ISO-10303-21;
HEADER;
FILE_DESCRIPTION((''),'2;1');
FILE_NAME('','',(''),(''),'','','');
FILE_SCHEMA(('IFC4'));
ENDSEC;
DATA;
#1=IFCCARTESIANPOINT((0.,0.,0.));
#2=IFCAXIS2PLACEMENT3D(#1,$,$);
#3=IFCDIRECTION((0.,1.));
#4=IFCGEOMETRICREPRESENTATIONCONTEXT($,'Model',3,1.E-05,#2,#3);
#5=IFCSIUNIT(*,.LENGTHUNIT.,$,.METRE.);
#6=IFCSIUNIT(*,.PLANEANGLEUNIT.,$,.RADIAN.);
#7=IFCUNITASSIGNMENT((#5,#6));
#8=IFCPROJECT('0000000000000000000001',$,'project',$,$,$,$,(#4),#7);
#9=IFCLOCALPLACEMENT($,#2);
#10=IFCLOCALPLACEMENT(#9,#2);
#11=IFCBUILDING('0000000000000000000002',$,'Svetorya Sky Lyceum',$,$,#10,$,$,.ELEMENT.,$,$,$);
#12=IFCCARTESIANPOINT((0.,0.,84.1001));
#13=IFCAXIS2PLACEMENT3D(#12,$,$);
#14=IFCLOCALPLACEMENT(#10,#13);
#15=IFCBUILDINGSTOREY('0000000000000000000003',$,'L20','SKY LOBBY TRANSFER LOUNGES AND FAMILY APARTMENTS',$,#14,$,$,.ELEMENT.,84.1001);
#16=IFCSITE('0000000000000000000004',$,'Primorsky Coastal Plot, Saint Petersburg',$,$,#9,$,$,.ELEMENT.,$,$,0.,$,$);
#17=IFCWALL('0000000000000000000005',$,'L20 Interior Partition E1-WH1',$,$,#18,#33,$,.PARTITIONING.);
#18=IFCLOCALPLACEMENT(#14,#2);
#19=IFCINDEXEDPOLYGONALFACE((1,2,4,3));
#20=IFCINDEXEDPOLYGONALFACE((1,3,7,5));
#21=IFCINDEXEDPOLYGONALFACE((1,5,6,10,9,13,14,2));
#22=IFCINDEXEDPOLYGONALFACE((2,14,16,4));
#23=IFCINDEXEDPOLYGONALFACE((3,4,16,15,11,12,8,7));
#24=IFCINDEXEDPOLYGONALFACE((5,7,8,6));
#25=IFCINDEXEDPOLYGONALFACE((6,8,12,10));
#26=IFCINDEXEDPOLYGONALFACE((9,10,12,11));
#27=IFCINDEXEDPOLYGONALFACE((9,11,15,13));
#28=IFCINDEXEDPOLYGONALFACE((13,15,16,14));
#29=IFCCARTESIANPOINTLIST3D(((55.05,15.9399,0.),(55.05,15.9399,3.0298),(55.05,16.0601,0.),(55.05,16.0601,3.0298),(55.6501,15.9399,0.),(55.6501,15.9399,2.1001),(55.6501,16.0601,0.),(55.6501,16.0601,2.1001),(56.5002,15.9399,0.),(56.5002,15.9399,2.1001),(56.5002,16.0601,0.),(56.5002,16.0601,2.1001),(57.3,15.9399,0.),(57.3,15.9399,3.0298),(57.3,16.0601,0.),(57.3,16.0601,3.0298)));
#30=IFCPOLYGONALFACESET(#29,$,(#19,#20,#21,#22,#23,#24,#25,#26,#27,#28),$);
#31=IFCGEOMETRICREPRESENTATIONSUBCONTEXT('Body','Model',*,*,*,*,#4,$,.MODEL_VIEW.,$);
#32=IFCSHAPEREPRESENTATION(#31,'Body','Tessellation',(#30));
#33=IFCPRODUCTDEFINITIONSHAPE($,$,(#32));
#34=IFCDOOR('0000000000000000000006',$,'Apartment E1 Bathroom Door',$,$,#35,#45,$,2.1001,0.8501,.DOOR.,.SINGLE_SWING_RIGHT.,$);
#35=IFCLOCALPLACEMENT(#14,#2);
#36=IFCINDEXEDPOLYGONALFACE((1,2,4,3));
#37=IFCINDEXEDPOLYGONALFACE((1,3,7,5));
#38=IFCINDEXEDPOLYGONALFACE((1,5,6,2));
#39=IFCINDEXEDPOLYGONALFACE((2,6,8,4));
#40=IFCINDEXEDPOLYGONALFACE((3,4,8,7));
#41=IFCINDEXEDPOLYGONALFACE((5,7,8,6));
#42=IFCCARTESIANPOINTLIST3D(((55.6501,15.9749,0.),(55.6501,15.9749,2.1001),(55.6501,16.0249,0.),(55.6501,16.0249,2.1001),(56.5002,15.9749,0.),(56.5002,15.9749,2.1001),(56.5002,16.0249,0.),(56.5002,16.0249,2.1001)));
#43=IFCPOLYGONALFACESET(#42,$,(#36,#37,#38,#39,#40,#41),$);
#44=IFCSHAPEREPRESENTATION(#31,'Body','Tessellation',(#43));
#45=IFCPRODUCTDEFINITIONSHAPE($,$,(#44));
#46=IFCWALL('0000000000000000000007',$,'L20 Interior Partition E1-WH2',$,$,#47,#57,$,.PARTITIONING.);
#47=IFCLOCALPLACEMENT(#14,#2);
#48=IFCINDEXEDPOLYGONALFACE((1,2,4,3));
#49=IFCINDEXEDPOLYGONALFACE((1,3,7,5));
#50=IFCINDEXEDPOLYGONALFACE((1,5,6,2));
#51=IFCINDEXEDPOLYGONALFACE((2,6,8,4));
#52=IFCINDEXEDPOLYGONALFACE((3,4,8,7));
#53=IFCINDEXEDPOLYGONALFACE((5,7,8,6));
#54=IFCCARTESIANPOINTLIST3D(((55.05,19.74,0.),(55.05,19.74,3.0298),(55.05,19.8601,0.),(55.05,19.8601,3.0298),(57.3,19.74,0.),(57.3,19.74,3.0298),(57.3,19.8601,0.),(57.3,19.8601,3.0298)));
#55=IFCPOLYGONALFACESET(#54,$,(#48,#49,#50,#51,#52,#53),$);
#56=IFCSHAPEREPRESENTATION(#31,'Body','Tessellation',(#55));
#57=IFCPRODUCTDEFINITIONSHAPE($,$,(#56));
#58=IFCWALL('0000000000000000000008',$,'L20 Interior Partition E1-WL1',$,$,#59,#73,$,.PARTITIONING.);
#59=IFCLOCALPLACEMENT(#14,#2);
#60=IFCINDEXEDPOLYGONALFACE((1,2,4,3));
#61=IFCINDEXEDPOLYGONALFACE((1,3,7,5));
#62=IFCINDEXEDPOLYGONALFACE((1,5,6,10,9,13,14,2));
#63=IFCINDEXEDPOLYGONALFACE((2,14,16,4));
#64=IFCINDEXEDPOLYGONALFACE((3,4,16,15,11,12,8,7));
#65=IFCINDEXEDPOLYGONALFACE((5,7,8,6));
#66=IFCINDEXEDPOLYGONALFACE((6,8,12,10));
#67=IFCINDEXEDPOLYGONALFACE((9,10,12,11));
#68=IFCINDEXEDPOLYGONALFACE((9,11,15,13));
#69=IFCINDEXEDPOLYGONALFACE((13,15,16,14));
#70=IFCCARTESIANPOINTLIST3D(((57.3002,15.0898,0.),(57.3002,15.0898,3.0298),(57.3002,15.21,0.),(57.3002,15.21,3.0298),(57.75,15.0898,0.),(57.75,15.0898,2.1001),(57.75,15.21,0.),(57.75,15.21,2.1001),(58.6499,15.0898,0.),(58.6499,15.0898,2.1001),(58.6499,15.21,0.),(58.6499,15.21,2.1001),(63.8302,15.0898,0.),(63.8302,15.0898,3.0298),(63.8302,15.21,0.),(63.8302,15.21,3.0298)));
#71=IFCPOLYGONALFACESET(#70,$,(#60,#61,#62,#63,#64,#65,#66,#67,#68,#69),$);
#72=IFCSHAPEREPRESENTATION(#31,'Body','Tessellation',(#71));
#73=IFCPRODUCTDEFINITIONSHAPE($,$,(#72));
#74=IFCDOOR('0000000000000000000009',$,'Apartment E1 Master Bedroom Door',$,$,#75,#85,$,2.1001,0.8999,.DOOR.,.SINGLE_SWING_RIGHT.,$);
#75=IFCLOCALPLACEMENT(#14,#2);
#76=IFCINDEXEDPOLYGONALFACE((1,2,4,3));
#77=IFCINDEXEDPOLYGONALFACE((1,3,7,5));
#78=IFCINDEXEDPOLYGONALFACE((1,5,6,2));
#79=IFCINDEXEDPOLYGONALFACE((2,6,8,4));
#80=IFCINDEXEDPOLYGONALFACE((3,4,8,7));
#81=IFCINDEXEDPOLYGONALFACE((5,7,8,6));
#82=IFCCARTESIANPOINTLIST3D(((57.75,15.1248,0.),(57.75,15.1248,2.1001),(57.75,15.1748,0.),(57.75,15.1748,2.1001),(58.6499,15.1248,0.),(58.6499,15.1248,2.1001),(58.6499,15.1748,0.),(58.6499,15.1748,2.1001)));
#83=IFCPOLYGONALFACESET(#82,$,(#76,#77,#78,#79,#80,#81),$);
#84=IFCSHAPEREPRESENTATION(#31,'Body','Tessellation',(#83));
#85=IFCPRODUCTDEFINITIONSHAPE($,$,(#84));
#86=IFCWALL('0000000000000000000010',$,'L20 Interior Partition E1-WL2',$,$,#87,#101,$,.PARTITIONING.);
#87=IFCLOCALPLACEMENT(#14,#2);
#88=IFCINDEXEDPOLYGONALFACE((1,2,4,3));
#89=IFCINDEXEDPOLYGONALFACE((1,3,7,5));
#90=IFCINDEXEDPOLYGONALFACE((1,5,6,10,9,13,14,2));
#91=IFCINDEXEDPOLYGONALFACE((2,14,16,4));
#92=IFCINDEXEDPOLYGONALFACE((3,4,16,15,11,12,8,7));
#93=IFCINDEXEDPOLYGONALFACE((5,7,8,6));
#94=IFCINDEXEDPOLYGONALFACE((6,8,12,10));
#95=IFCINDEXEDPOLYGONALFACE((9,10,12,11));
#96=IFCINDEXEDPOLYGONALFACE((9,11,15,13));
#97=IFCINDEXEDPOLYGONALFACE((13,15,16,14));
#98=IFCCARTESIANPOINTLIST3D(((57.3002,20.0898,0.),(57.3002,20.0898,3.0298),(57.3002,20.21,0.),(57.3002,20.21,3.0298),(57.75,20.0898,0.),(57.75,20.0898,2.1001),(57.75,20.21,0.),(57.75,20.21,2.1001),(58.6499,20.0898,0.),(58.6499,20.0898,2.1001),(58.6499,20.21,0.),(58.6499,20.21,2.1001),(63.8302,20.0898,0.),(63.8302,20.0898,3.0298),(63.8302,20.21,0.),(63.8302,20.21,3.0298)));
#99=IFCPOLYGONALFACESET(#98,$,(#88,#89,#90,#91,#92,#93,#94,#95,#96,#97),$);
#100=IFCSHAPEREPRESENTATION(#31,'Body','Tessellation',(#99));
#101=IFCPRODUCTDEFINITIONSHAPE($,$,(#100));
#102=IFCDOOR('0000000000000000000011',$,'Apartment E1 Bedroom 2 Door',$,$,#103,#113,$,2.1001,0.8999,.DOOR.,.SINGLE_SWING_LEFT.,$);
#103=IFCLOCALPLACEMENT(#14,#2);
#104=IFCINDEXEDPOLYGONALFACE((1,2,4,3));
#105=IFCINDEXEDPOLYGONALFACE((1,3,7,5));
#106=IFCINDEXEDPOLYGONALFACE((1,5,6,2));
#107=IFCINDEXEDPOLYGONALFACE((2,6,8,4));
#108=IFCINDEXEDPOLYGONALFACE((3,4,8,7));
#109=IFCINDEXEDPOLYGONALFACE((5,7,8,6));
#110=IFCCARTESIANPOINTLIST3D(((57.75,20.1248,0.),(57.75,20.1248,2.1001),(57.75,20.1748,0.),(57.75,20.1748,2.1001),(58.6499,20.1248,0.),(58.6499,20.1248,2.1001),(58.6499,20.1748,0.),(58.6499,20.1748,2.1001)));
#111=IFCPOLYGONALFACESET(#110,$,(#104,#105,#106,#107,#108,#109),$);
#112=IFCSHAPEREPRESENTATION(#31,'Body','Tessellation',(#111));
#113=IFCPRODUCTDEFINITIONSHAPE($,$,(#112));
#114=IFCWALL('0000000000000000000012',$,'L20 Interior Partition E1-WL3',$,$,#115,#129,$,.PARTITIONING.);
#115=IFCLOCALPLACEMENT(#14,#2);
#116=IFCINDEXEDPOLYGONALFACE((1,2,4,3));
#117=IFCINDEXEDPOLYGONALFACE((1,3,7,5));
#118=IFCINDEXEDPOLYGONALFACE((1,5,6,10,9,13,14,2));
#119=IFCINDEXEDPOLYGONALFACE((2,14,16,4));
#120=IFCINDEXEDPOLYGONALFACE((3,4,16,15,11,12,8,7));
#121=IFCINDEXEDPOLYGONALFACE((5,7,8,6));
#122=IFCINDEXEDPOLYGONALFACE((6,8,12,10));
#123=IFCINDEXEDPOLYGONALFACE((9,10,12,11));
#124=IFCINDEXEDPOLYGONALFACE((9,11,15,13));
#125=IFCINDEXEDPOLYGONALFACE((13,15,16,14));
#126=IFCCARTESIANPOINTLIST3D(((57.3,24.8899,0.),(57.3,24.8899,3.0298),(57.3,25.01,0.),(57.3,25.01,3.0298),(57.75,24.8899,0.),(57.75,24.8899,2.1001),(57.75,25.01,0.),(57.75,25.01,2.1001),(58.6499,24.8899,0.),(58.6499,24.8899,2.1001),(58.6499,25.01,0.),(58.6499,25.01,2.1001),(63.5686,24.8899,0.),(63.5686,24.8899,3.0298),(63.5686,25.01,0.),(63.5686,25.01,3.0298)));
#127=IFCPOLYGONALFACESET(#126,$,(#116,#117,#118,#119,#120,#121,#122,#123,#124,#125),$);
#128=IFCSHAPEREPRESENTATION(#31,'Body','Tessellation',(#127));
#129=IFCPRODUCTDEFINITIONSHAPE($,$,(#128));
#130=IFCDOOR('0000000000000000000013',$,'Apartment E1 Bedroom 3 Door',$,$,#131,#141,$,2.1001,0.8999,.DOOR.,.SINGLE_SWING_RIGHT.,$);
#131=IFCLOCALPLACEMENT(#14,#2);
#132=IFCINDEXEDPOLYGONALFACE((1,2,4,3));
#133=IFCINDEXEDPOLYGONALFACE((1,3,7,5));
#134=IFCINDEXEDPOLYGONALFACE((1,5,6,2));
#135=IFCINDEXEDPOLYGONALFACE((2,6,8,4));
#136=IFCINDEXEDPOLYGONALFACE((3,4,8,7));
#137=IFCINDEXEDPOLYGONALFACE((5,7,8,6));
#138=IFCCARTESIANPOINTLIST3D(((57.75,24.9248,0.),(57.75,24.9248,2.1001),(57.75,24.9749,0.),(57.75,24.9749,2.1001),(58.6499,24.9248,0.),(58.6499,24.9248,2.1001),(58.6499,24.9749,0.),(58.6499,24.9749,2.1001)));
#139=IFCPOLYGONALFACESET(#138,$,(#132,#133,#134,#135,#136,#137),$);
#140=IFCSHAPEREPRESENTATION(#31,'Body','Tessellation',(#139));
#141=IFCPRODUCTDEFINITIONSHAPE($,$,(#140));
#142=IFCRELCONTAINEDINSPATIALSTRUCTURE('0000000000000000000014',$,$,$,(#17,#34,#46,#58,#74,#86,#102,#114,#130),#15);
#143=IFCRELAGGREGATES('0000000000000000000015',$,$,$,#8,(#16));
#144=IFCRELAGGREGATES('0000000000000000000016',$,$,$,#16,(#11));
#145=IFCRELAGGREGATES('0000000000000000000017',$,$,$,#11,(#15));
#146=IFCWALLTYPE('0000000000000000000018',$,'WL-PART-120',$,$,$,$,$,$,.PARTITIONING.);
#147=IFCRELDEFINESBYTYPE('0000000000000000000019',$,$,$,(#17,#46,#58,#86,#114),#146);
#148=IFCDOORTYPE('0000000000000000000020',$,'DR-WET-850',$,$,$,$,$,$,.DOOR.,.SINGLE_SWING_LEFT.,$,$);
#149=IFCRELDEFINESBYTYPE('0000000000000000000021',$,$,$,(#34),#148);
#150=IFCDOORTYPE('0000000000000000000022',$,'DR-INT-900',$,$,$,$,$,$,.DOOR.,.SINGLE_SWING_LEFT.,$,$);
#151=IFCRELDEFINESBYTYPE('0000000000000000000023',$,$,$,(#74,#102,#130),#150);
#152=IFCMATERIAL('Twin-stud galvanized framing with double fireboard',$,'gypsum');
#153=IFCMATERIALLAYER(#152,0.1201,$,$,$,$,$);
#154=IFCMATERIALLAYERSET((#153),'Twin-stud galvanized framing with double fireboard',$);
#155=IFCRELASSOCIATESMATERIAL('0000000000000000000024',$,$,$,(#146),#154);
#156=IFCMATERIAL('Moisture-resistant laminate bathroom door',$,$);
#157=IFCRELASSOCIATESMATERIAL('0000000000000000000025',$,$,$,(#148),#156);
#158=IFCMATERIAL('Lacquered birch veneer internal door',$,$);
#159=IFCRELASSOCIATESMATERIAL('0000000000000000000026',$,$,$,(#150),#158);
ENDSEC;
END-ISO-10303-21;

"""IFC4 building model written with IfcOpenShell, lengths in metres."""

from ifc_helpers import new_model, si_unit, direction, frame, frame_2d, origin, place, context, subcontext, project, spatial, rectangle, extrude, material, layer, layer_set, type_object, element, fill, save


model = new_model("IFC4")

# Units and contexts
model_context = context("Model", 3, precision=1e-05, world=origin(), true_north=direction((0.0, 1.0)))
body_context = subcontext(model_context, "Body", "Model", "MODEL_VIEW")
ifc_project = project(units=[si_unit("LENGTHUNIT", "METRE"), si_unit("PLANEANGLEUNIT", "RADIAN")], contexts=[model_context])

# Site, building, storey
site_placement = place(None, origin())
site = spatial("IfcSite", under=ifc_project, at=site_placement, Name="Primorsky Coastal Plot, Saint Petersburg", CompositionType="ELEMENT", RefElevation=0.0)
building_placement = place(site_placement, origin())
building = spatial("IfcBuilding", under=site, at=building_placement, Name="Svetorya Sky Lyceum", CompositionType="ELEMENT")
storey_placement = place(building_placement, frame((0.0, 0.0, 84.1001)))
storey = spatial("IfcBuildingStorey", under=building, at=storey_placement, Name="L20", Description="SKY LOBBY TRANSFER LOUNGES AND FAMILY APARTMENTS", CompositionType="ELEMENT", Elevation=84.1001)

# Wall, opening, door
ifc_material_1 = material(Name="Twin-stud galvanized framing with double fireboard", Category="gypsum")
ifc_layer_1 = layer(ifc_material_1, 0.1201)
ifc_layer_set_1 = layer_set([ifc_layer_1], Name="Twin-stud galvanized framing with double fireboard")
wall_type_1 = type_object("IfcWallType", Name="WL-PART-120", PredefinedType="PARTITIONING", material=ifc_layer_set_1)
wall_1_placement = place(storey_placement, frame((55.05, 16.0, 0.0), z_axis=(0.0, 0.0, 1.0), x_axis=(1.0, 0.0, 0.0)))
wall_1 = element("IfcWall", 1, at=wall_1_placement, inside=storey, type_object=wall_type_1, Name="L20 Interior Partition E1-WH1", PredefinedType="PARTITIONING", context=body_context, shape_type="SweptSolid", body=[
    extrude(rectangle(XDim=2.25, YDim=0.1201, at=frame_2d((1.125, 0.0))), origin(), (0.0, 0.0, 1.0), 3.0298),
])
opening_1_placement = place(wall_1_placement, frame((0.6001, 0.0, 0.0)))
opening_1 = element("IfcOpeningElement", 2, at=opening_1_placement, cuts=wall_1, PredefinedType="OPENING", context=body_context, shape_type="SweptSolid", body=[
    extrude(rectangle(XDim=0.8501, YDim=2.1001, at=frame_2d((0.425, 1.05))), frame((0.0, 0.0701, 0.0), z_axis=(0.0, -1.0, 0.0), x_axis=(1.0, 0.0, 0.0)), (0.0, 0.0, 1.0), 0.1401),
])
ifc_material_2 = material(Name="Moisture-resistant laminate bathroom door")
door_type_1 = type_object("IfcDoorType", Name="DR-WET-850", OperationType="SINGLE_SWING_LEFT", PredefinedType="DOOR", material=ifc_material_2)
door_1_placement = place(opening_1_placement, origin())
door_1 = element("IfcDoor", 3, at=door_1_placement, inside=storey, type_object=door_type_1, Name="Apartment E1 Bathroom Door", OperationType="SINGLE_SWING_RIGHT", OverallHeight=2.1001, OverallWidth=0.8501, PredefinedType="DOOR", context=body_context, shape_type="SweptSolid", body=[
    extrude(rectangle(XDim=0.8501, YDim=2.1001, at=frame_2d((0.425, 1.05))), frame((0.0, 0.0249, 0.0), z_axis=(0.0, -1.0, 0.0), x_axis=(1.0, 0.0, 0.0)), (0.0, 0.0, 1.0), 0.05),
])
fill(opening_1, door_1)

# Wall
wall_2_placement = place(storey_placement, frame((55.05, 19.8, 0.0), z_axis=(0.0, 0.0, 1.0), x_axis=(1.0, 0.0, 0.0)))
element("IfcWall", 4, at=wall_2_placement, inside=storey, type_object=wall_type_1, Name="L20 Interior Partition E1-WH2", PredefinedType="PARTITIONING", context=body_context, shape_type="SweptSolid", body=[
    extrude(rectangle(XDim=2.25, YDim=0.1201, at=frame_2d((1.125, 0.0))), origin(), (0.0, 0.0, 1.0), 3.0298),
])

# Walls, openings, doors
wall_3_placement = place(storey_placement, frame((57.3, 15.1499, 0.0), z_axis=(0.0, 0.0, 1.0), x_axis=(1.0, 0.0, 0.0)))
wall_3 = element("IfcWall", 5, at=wall_3_placement, inside=storey, type_object=wall_type_1, Name="L20 Interior Partition E1-WL1", PredefinedType="PARTITIONING", context=body_context, shape_type="SweptSolid", body=[
    extrude(rectangle(XDim=6.53, YDim=0.1201, at=frame_2d((3.2651, 0.0))), origin(), (0.0, 0.0, 1.0), 3.0298),
])
opening_2_placement = place(wall_3_placement, frame((0.45, 0.0, 0.0)))
opening_2 = element("IfcOpeningElement", 6, at=opening_2_placement, cuts=wall_3, PredefinedType="OPENING", context=body_context, shape_type="SweptSolid", body=[
    extrude(rectangle(XDim=0.8999, YDim=2.1001, at=frame_2d((0.45, 1.05))), frame((0.0, 0.0701, 0.0), z_axis=(0.0, -1.0, 0.0), x_axis=(1.0, 0.0, 0.0)), (0.0, 0.0, 1.0), 0.1401),
])
ifc_material_3 = material(Name="Lacquered birch veneer internal door")
door_type_2 = type_object("IfcDoorType", Name="DR-INT-900", OperationType="SINGLE_SWING_LEFT", PredefinedType="DOOR", material=ifc_material_3)
door_2_placement = place(opening_2_placement, origin())
door_2 = element("IfcDoor", 7, at=door_2_placement, inside=storey, type_object=door_type_2, Name="Apartment E1 Master Bedroom Door", OperationType="SINGLE_SWING_RIGHT", OverallHeight=2.1001, OverallWidth=0.8999, PredefinedType="DOOR", context=body_context, shape_type="SweptSolid", body=[
    extrude(rectangle(XDim=0.8999, YDim=2.1001, at=frame_2d((0.45, 1.05))), frame((0.0, 0.0249, 0.0), z_axis=(0.0, -1.0, 0.0), x_axis=(1.0, 0.0, 0.0)), (0.0, 0.0, 1.0), 0.05),
])
fill(opening_2, door_2)
wall_4_placement = place(storey_placement, frame((57.3, 20.1499, 0.0), z_axis=(0.0, 0.0, 1.0), x_axis=(1.0, 0.0, 0.0)))
wall_4 = element("IfcWall", 8, at=wall_4_placement, inside=storey, type_object=wall_type_1, Name="L20 Interior Partition E1-WL2", PredefinedType="PARTITIONING", context=body_context, shape_type="SweptSolid", body=[
    extrude(rectangle(XDim=6.53, YDim=0.1201, at=frame_2d((3.2651, 0.0))), origin(), (0.0, 0.0, 1.0), 3.0298),
])
opening_3_placement = place(wall_4_placement, frame((0.45, 0.0, 0.0)))
opening_3 = element("IfcOpeningElement", 9, at=opening_3_placement, cuts=wall_4, PredefinedType="OPENING", context=body_context, shape_type="SweptSolid", body=[
    extrude(rectangle(XDim=0.8999, YDim=2.1001, at=frame_2d((0.45, 1.05))), frame((0.0, 0.0701, 0.0), z_axis=(0.0, -1.0, 0.0), x_axis=(1.0, 0.0, 0.0)), (0.0, 0.0, 1.0), 0.1401),
])
door_3_placement = place(opening_3_placement, origin())
door_3 = element("IfcDoor", 10, at=door_3_placement, inside=storey, type_object=door_type_2, Name="Apartment E1 Bedroom 2 Door", OperationType="SINGLE_SWING_LEFT", OverallHeight=2.1001, OverallWidth=0.8999, PredefinedType="DOOR", context=body_context, shape_type="SweptSolid", body=[
    extrude(rectangle(XDim=0.8999, YDim=2.1001, at=frame_2d((0.45, 1.05))), frame((0.0, 0.0249, 0.0), z_axis=(0.0, -1.0, 0.0), x_axis=(1.0, 0.0, 0.0)), (0.0, 0.0, 1.0), 0.05),
])
fill(opening_3, door_3)
wall_5_placement = place(storey_placement, frame((57.3, 24.95, 0.0), z_axis=(0.0, 0.0, 1.0), x_axis=(1.0, 0.0, 0.0)))
wall_5 = element("IfcWall", 11, at=wall_5_placement, inside=storey, type_object=wall_type_1, Name="L20 Interior Partition E1-WL3", PredefinedType="PARTITIONING", context=body_context, shape_type="SweptSolid", body=[
    extrude(rectangle(XDim=6.2686, YDim=0.1201, at=frame_2d((3.1343, 0.0))), origin(), (0.0, 0.0, 1.0), 3.0298),
])
opening_4_placement = place(wall_5_placement, frame((0.45, 0.0, 0.0)))
opening_4 = element("IfcOpeningElement", 12, at=opening_4_placement, cuts=wall_5, PredefinedType="OPENING", context=body_context, shape_type="SweptSolid", body=[
    extrude(rectangle(XDim=0.8999, YDim=2.1001, at=frame_2d((0.45, 1.05))), frame((0.0, 0.0701, 0.0), z_axis=(0.0, -1.0, 0.0), x_axis=(1.0, 0.0, 0.0)), (0.0, 0.0, 1.0), 0.1401),
])
door_4_placement = place(opening_4_placement, origin())
door_4 = element("IfcDoor", 13, at=door_4_placement, inside=storey, type_object=door_type_2, Name="Apartment E1 Bedroom 3 Door", OperationType="SINGLE_SWING_RIGHT", OverallHeight=2.1001, OverallWidth=0.8999, PredefinedType="DOOR", context=body_context, shape_type="SweptSolid", body=[
    extrude(rectangle(XDim=0.8999, YDim=2.1001, at=frame_2d((0.45, 1.05))), frame((0.0, 0.0249, 0.0), z_axis=(0.0, -1.0, 0.0), x_axis=(1.0, 0.0, 0.0)), (0.0, 0.0, 1.0), 0.05),
])
fill(opening_4, door_4)

save(model, "model.ifc")
